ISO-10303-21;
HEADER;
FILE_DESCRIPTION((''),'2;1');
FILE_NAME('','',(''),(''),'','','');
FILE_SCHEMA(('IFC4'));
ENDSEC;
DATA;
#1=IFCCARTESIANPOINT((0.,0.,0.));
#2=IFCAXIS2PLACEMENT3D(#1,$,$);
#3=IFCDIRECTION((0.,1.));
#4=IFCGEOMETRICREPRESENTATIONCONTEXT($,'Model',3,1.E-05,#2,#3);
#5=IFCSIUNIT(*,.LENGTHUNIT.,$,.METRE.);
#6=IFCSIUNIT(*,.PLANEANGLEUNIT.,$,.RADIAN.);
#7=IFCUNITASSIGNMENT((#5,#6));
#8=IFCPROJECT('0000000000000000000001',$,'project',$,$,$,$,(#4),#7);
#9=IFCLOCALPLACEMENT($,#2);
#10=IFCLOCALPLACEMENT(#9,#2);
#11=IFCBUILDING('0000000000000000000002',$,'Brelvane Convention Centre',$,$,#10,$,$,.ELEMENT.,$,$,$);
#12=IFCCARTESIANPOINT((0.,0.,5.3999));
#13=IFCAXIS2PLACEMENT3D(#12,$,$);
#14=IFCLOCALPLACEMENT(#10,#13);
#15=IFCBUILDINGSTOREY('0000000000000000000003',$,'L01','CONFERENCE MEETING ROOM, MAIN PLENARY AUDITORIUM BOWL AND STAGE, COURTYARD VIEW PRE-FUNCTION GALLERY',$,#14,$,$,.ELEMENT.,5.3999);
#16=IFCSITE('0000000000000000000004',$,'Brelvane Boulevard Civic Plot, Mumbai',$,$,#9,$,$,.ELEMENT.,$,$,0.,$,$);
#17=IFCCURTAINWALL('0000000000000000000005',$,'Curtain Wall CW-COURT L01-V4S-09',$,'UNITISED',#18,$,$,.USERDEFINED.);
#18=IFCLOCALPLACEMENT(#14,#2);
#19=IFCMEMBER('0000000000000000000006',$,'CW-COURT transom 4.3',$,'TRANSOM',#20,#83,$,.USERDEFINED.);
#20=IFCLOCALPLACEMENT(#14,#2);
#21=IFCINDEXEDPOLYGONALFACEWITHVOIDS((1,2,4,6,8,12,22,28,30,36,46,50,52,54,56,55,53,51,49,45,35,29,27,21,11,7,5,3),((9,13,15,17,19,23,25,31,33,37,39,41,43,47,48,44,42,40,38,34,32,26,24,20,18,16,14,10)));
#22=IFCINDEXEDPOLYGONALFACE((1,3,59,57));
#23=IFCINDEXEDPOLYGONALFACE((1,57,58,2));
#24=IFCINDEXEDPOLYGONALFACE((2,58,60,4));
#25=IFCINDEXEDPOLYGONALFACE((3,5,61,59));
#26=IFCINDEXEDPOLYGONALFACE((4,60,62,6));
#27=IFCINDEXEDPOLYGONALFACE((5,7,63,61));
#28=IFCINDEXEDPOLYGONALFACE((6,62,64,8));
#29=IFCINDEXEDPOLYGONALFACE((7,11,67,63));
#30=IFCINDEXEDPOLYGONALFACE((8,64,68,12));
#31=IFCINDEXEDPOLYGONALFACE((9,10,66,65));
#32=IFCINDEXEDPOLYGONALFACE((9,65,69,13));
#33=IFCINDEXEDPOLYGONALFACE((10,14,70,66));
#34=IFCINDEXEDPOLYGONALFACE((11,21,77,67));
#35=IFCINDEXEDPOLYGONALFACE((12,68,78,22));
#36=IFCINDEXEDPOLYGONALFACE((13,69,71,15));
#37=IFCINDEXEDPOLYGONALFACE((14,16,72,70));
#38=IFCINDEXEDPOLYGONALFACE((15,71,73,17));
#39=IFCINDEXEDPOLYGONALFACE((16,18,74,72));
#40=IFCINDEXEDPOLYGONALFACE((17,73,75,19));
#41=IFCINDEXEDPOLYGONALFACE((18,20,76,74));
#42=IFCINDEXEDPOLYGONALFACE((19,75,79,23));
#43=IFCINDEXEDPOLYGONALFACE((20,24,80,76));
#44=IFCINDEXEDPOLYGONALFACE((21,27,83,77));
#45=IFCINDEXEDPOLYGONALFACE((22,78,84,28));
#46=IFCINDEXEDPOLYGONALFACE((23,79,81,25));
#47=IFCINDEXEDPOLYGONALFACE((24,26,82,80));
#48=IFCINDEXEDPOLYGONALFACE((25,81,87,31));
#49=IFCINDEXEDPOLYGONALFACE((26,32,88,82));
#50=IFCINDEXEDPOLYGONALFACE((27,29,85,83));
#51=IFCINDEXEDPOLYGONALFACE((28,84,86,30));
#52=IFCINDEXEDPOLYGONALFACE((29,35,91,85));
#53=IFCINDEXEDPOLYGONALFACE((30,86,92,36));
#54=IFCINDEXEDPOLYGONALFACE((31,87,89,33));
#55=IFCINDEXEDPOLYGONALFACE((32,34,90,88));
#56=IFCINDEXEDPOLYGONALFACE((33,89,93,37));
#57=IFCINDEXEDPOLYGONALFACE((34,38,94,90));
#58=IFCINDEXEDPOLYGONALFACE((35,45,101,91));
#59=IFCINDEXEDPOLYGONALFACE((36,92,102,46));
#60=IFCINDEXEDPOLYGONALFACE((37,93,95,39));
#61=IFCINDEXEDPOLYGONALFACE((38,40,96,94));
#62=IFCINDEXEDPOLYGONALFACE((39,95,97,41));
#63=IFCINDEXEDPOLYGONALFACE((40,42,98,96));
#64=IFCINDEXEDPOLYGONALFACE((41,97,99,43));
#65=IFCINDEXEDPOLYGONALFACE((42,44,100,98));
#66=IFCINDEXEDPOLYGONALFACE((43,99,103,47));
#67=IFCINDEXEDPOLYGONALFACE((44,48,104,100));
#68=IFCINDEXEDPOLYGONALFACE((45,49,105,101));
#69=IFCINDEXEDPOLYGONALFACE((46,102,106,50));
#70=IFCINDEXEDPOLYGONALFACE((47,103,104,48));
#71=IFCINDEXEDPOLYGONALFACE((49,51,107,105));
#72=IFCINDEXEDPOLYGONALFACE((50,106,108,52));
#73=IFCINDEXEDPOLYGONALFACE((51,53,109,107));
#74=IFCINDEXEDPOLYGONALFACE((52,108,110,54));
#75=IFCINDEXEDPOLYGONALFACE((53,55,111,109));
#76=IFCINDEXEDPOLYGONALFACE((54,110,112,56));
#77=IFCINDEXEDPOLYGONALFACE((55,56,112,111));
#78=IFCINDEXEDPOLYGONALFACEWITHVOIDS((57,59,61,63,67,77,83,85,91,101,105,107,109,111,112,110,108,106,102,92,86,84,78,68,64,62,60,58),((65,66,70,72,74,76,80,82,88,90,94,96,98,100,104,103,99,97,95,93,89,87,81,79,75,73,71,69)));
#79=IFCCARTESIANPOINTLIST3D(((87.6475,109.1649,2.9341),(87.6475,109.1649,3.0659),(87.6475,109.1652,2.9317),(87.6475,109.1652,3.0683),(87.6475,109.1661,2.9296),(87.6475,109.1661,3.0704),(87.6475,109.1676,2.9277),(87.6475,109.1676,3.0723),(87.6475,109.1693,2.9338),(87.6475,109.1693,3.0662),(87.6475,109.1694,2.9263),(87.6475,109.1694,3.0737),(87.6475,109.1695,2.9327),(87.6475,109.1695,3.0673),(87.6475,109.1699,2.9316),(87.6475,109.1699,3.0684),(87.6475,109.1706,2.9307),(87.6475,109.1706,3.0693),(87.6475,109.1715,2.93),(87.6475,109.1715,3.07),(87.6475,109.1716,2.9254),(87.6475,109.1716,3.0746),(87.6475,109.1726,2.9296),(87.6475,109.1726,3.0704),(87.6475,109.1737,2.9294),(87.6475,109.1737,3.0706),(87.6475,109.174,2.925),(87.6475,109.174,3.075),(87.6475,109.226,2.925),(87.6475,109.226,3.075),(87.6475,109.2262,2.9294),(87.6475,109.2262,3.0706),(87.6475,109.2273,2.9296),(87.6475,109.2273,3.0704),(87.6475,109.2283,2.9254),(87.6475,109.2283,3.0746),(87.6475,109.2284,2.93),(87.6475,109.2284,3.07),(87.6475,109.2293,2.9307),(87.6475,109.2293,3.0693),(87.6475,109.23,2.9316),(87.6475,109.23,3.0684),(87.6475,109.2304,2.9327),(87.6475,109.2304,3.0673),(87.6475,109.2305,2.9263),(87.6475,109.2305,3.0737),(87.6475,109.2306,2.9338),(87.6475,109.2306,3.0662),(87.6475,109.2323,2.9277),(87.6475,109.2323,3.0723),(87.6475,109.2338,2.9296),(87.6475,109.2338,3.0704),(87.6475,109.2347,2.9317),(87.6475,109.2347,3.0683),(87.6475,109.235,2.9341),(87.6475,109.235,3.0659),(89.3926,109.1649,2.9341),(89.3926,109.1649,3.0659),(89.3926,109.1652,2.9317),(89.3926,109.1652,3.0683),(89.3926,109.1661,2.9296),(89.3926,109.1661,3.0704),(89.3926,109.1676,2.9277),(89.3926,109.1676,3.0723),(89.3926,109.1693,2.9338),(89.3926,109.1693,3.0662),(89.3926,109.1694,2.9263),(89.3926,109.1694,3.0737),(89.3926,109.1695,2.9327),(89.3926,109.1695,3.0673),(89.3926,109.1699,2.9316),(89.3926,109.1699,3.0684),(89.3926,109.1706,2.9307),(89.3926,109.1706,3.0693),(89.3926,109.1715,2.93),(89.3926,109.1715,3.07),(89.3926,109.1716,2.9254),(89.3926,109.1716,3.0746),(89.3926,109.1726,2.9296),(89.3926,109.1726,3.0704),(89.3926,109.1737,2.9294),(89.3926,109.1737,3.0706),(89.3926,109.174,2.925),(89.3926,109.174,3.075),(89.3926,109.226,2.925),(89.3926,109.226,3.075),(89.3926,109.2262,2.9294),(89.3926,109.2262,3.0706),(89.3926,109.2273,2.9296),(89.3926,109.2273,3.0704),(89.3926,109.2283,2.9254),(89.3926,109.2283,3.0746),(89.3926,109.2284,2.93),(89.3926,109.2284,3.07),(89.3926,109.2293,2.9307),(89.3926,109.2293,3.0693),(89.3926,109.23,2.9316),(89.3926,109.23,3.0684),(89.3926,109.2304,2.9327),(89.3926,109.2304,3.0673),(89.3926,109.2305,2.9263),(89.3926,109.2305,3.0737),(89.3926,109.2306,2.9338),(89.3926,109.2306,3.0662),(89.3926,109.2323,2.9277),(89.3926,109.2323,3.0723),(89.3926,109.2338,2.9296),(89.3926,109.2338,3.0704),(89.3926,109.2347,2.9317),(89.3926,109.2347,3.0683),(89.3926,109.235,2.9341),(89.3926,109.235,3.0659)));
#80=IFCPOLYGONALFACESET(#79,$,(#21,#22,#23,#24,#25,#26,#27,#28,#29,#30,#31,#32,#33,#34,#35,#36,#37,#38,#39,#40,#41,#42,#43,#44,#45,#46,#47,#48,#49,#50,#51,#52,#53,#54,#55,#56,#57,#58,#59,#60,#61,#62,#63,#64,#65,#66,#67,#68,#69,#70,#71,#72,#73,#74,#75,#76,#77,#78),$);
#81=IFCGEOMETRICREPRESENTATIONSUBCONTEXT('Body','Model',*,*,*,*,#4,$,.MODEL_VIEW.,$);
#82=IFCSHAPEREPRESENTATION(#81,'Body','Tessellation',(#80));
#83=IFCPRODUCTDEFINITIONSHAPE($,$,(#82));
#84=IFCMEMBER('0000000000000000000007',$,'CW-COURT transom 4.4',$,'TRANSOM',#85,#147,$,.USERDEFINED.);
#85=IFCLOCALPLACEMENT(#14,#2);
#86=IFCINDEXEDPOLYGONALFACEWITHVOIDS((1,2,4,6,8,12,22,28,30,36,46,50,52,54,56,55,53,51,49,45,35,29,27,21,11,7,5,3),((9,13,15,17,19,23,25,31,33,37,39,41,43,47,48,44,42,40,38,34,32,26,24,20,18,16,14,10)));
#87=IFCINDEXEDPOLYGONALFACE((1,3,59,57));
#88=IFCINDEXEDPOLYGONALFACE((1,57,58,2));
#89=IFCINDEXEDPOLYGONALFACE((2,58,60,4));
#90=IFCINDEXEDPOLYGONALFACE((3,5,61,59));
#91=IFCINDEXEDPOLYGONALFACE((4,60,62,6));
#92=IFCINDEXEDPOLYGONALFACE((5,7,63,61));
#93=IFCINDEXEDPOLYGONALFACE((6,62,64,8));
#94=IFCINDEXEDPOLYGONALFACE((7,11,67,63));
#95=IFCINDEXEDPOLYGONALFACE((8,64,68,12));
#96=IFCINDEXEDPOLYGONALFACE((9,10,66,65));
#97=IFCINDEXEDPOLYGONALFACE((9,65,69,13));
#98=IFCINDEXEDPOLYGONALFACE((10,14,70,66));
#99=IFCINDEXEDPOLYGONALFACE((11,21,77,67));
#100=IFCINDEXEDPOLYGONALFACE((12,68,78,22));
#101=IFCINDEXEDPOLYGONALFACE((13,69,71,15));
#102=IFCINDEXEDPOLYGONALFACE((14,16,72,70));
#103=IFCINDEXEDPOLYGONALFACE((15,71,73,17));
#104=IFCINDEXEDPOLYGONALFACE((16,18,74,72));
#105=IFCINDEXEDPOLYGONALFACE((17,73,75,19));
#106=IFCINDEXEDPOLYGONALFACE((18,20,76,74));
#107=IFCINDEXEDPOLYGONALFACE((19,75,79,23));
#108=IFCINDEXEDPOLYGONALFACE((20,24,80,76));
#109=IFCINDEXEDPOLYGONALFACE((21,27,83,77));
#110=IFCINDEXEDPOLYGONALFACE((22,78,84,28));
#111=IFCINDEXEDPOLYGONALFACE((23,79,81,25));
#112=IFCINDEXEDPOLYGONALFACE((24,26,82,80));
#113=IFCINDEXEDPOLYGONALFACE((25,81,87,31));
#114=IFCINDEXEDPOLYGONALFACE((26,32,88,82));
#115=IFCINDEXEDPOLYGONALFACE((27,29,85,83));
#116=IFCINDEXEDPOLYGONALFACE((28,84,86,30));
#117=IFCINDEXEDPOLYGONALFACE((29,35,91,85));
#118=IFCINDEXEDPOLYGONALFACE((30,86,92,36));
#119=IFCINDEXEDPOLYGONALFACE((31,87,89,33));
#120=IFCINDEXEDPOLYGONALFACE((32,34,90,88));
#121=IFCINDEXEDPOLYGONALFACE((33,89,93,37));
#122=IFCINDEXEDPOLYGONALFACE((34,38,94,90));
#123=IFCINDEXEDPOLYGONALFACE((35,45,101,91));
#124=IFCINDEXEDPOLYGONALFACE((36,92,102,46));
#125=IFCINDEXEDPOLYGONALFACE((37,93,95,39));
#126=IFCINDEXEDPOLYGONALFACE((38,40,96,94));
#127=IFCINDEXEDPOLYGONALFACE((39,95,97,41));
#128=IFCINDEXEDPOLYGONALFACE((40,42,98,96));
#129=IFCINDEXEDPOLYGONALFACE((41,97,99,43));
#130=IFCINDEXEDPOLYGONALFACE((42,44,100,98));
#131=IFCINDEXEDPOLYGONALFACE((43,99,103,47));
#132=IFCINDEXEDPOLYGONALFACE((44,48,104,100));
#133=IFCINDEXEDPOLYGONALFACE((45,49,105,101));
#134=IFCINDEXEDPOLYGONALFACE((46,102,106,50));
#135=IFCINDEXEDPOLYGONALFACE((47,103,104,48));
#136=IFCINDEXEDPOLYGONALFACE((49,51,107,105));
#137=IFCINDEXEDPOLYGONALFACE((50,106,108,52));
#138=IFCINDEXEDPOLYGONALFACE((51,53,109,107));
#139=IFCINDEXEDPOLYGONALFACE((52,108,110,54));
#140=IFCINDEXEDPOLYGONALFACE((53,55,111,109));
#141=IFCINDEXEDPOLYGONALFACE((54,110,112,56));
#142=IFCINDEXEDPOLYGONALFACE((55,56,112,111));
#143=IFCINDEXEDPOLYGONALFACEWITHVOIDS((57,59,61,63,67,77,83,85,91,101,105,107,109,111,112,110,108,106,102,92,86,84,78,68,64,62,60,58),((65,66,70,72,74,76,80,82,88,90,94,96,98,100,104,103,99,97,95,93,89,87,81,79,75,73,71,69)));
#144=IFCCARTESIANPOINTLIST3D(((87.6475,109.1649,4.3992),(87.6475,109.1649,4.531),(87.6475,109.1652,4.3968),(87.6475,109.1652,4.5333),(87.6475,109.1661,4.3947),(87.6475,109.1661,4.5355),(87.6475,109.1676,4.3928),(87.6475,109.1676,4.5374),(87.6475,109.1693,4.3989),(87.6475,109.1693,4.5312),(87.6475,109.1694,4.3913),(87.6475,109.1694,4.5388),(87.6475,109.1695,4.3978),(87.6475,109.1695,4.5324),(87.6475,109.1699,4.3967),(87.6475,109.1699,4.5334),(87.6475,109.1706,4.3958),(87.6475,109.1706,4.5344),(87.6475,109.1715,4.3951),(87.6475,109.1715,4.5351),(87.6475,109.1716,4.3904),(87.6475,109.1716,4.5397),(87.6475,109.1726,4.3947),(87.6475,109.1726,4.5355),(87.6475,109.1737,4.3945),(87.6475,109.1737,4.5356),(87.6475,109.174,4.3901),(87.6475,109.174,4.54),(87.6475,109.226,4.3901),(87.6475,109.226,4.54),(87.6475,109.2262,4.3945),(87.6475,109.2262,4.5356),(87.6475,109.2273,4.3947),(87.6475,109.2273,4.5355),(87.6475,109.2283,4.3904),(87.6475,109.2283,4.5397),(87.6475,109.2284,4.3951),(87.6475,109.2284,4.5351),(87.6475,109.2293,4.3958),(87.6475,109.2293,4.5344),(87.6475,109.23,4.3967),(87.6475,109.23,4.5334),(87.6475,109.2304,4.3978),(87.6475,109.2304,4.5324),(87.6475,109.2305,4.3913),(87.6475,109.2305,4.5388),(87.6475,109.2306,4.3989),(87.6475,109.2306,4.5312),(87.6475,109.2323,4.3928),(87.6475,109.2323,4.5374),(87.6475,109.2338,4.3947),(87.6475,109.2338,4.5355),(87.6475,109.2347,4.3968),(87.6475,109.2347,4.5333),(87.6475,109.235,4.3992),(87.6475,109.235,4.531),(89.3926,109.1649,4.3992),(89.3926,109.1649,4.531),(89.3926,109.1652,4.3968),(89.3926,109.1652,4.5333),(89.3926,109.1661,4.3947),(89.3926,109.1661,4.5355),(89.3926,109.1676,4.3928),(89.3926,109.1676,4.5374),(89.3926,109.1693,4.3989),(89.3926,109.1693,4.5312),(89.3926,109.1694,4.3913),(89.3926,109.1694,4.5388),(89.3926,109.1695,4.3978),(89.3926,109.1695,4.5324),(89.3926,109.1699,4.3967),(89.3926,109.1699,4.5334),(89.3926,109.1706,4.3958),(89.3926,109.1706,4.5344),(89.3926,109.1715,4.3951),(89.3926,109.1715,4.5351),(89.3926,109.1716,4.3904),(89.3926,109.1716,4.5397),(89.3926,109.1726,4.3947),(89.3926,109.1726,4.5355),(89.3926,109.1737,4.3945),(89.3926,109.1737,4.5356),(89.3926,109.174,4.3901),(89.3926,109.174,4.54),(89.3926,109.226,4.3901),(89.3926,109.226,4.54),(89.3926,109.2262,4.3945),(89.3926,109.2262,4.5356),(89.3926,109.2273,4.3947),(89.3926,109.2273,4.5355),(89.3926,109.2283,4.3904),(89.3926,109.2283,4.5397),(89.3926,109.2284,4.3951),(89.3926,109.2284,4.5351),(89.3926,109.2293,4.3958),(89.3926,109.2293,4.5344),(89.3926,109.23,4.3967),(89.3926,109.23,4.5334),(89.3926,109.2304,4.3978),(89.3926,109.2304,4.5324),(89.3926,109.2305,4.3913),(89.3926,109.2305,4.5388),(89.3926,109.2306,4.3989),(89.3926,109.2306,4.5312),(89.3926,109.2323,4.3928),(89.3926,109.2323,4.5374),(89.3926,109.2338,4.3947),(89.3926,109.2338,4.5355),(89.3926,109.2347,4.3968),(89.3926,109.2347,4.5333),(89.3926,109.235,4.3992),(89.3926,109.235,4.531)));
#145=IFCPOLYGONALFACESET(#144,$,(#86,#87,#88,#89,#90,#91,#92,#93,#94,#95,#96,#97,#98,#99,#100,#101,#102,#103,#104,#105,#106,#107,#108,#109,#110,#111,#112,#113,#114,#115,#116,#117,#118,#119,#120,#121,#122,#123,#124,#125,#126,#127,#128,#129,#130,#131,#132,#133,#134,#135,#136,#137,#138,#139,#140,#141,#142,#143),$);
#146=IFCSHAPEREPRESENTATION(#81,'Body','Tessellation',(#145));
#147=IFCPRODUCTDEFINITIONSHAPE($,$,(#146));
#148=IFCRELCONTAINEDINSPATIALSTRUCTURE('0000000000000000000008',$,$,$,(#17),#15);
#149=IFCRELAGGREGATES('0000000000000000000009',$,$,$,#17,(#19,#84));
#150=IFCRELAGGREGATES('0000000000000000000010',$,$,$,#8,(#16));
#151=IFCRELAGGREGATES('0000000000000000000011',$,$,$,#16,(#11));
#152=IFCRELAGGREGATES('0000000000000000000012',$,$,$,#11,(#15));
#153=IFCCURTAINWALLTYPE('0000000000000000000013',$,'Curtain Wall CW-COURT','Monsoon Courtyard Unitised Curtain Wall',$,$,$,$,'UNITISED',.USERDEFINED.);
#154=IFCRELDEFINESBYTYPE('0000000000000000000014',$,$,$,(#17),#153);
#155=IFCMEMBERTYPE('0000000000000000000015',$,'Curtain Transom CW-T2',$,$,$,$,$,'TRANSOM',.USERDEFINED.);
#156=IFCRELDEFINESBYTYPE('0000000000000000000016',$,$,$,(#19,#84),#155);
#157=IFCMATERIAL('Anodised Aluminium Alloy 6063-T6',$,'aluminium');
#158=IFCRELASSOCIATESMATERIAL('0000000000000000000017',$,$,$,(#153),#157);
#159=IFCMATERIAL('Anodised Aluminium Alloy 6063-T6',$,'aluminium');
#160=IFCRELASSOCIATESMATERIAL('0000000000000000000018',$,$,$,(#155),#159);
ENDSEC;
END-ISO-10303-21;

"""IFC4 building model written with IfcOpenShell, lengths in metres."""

from ifc_helpers import new_model, si_unit, direction, frame, origin, origin_2d, place, context, subcontext, project, spatial, hollow_rectangle, extrude, material, material_profile, profile_set, type_object, element, aggregate, save


model = new_model("IFC4")

# Units and contexts
model_context = context("Model", 3, precision=1e-05, world=origin(), true_north=direction((0.0, 1.0)))
body_context = subcontext(model_context, "Body", "Model", "MODEL_VIEW")
ifc_project = project(units=[si_unit("LENGTHUNIT", "METRE"), si_unit("PLANEANGLEUNIT", "RADIAN")], contexts=[model_context])

# Site, building, storey
site_placement = place(None, origin())
site = spatial("IfcSite", under=ifc_project, at=site_placement, Name="Brelvane Boulevard Civic Plot, Mumbai", CompositionType="ELEMENT", RefElevation=0.0)
building_placement = place(site_placement, origin())
building = spatial("IfcBuilding", under=site, at=building_placement, Name="Brelvane Convention Centre", CompositionType="ELEMENT")
storey_placement = place(building_placement, frame((0.0, 0.0, 5.3999)))
storey = spatial("IfcBuildingStorey", under=building, at=storey_placement, Name="L01", Description="CONFERENCE MEETING ROOM, MAIN PLENARY AUDITORIUM BOWL AND STAGE, COURTYARD VIEW PRE-FUNCTION GALLERY", CompositionType="ELEMENT", Elevation=5.3999)

# Curtain wall, members
ifc_material_1 = material(Name="Anodised Aluminium Alloy 6063-T6", Category="aluminium")
curtain_wall_type = type_object("IfcCurtainWallType", Name="Curtain Wall CW-COURT", Description="Monsoon Courtyard Unitised Curtain Wall", ElementType="UNITISED", PredefinedType="USERDEFINED", material=ifc_material_1)
curtain_wall_placement = place(storey_placement, origin())
curtain_wall = element("IfcCurtainWall", 1, at=curtain_wall_placement, inside=storey, type_object=curtain_wall_type, Name="Curtain Wall CW-COURT L01-V4S-09", ObjectType="UNITISED", PredefinedType="USERDEFINED")
ifc_material_2 = material(Name="Anodised Aluminium Alloy 6063-T6", Category="aluminium")
ifc_material_profile_1 = material_profile(ifc_material_2, hollow_rectangle(XDim=0.0701, YDim=0.1499, WallThickness=0.0044, InnerFilletRadius=0.0044, OuterFilletRadius=0.009, at=origin_2d()), Name="ALU-T 150x70x4.5")
ifc_profile_set_1 = profile_set([ifc_material_profile_1], Name="Anodised Aluminium Alloy 6063-T6")
member_type_1 = type_object("IfcMemberType", Name="Curtain Transom CW-T2", ElementType="TRANSOM", PredefinedType="USERDEFINED", material=ifc_profile_set_1)
member_1_placement = place(storey_placement, frame((87.6475, 109.2, 3.0), z_axis=(1.0, 0.0, 0.0), x_axis=(0.0, 1.0, 0.0)))
member_1 = element("IfcMember", 2, at=member_1_placement, type_object=member_type_1, Name="CW-COURT transom 4.3", ObjectType="TRANSOM", PredefinedType="USERDEFINED", context=body_context, shape_type="SweptSolid", body=[
    extrude(hollow_rectangle(XDim=0.0701, YDim=0.1499, WallThickness=0.0044, InnerFilletRadius=0.0044, OuterFilletRadius=0.009, at=origin_2d()), origin(), (0.0, 0.0, 1.0), 1.7451),
])
member_2_placement = place(storey_placement, frame((87.6475, 109.2, 4.4651), z_axis=(1.0, 0.0, 0.0), x_axis=(0.0, 1.0, 0.0)))
member_2 = element("IfcMember", 3, at=member_2_placement, type_object=member_type_1, Name="CW-COURT transom 4.4", ObjectType="TRANSOM", PredefinedType="USERDEFINED", context=body_context, shape_type="SweptSolid", body=[
    extrude(hollow_rectangle(XDim=0.0701, YDim=0.1499, WallThickness=0.0044, InnerFilletRadius=0.0044, OuterFilletRadius=0.009, at=origin_2d()), origin(), (0.0, 0.0, 1.0), 1.7451),
])

aggregate(curtain_wall, [member_1, member_2])

save(model, "model.ifc")
